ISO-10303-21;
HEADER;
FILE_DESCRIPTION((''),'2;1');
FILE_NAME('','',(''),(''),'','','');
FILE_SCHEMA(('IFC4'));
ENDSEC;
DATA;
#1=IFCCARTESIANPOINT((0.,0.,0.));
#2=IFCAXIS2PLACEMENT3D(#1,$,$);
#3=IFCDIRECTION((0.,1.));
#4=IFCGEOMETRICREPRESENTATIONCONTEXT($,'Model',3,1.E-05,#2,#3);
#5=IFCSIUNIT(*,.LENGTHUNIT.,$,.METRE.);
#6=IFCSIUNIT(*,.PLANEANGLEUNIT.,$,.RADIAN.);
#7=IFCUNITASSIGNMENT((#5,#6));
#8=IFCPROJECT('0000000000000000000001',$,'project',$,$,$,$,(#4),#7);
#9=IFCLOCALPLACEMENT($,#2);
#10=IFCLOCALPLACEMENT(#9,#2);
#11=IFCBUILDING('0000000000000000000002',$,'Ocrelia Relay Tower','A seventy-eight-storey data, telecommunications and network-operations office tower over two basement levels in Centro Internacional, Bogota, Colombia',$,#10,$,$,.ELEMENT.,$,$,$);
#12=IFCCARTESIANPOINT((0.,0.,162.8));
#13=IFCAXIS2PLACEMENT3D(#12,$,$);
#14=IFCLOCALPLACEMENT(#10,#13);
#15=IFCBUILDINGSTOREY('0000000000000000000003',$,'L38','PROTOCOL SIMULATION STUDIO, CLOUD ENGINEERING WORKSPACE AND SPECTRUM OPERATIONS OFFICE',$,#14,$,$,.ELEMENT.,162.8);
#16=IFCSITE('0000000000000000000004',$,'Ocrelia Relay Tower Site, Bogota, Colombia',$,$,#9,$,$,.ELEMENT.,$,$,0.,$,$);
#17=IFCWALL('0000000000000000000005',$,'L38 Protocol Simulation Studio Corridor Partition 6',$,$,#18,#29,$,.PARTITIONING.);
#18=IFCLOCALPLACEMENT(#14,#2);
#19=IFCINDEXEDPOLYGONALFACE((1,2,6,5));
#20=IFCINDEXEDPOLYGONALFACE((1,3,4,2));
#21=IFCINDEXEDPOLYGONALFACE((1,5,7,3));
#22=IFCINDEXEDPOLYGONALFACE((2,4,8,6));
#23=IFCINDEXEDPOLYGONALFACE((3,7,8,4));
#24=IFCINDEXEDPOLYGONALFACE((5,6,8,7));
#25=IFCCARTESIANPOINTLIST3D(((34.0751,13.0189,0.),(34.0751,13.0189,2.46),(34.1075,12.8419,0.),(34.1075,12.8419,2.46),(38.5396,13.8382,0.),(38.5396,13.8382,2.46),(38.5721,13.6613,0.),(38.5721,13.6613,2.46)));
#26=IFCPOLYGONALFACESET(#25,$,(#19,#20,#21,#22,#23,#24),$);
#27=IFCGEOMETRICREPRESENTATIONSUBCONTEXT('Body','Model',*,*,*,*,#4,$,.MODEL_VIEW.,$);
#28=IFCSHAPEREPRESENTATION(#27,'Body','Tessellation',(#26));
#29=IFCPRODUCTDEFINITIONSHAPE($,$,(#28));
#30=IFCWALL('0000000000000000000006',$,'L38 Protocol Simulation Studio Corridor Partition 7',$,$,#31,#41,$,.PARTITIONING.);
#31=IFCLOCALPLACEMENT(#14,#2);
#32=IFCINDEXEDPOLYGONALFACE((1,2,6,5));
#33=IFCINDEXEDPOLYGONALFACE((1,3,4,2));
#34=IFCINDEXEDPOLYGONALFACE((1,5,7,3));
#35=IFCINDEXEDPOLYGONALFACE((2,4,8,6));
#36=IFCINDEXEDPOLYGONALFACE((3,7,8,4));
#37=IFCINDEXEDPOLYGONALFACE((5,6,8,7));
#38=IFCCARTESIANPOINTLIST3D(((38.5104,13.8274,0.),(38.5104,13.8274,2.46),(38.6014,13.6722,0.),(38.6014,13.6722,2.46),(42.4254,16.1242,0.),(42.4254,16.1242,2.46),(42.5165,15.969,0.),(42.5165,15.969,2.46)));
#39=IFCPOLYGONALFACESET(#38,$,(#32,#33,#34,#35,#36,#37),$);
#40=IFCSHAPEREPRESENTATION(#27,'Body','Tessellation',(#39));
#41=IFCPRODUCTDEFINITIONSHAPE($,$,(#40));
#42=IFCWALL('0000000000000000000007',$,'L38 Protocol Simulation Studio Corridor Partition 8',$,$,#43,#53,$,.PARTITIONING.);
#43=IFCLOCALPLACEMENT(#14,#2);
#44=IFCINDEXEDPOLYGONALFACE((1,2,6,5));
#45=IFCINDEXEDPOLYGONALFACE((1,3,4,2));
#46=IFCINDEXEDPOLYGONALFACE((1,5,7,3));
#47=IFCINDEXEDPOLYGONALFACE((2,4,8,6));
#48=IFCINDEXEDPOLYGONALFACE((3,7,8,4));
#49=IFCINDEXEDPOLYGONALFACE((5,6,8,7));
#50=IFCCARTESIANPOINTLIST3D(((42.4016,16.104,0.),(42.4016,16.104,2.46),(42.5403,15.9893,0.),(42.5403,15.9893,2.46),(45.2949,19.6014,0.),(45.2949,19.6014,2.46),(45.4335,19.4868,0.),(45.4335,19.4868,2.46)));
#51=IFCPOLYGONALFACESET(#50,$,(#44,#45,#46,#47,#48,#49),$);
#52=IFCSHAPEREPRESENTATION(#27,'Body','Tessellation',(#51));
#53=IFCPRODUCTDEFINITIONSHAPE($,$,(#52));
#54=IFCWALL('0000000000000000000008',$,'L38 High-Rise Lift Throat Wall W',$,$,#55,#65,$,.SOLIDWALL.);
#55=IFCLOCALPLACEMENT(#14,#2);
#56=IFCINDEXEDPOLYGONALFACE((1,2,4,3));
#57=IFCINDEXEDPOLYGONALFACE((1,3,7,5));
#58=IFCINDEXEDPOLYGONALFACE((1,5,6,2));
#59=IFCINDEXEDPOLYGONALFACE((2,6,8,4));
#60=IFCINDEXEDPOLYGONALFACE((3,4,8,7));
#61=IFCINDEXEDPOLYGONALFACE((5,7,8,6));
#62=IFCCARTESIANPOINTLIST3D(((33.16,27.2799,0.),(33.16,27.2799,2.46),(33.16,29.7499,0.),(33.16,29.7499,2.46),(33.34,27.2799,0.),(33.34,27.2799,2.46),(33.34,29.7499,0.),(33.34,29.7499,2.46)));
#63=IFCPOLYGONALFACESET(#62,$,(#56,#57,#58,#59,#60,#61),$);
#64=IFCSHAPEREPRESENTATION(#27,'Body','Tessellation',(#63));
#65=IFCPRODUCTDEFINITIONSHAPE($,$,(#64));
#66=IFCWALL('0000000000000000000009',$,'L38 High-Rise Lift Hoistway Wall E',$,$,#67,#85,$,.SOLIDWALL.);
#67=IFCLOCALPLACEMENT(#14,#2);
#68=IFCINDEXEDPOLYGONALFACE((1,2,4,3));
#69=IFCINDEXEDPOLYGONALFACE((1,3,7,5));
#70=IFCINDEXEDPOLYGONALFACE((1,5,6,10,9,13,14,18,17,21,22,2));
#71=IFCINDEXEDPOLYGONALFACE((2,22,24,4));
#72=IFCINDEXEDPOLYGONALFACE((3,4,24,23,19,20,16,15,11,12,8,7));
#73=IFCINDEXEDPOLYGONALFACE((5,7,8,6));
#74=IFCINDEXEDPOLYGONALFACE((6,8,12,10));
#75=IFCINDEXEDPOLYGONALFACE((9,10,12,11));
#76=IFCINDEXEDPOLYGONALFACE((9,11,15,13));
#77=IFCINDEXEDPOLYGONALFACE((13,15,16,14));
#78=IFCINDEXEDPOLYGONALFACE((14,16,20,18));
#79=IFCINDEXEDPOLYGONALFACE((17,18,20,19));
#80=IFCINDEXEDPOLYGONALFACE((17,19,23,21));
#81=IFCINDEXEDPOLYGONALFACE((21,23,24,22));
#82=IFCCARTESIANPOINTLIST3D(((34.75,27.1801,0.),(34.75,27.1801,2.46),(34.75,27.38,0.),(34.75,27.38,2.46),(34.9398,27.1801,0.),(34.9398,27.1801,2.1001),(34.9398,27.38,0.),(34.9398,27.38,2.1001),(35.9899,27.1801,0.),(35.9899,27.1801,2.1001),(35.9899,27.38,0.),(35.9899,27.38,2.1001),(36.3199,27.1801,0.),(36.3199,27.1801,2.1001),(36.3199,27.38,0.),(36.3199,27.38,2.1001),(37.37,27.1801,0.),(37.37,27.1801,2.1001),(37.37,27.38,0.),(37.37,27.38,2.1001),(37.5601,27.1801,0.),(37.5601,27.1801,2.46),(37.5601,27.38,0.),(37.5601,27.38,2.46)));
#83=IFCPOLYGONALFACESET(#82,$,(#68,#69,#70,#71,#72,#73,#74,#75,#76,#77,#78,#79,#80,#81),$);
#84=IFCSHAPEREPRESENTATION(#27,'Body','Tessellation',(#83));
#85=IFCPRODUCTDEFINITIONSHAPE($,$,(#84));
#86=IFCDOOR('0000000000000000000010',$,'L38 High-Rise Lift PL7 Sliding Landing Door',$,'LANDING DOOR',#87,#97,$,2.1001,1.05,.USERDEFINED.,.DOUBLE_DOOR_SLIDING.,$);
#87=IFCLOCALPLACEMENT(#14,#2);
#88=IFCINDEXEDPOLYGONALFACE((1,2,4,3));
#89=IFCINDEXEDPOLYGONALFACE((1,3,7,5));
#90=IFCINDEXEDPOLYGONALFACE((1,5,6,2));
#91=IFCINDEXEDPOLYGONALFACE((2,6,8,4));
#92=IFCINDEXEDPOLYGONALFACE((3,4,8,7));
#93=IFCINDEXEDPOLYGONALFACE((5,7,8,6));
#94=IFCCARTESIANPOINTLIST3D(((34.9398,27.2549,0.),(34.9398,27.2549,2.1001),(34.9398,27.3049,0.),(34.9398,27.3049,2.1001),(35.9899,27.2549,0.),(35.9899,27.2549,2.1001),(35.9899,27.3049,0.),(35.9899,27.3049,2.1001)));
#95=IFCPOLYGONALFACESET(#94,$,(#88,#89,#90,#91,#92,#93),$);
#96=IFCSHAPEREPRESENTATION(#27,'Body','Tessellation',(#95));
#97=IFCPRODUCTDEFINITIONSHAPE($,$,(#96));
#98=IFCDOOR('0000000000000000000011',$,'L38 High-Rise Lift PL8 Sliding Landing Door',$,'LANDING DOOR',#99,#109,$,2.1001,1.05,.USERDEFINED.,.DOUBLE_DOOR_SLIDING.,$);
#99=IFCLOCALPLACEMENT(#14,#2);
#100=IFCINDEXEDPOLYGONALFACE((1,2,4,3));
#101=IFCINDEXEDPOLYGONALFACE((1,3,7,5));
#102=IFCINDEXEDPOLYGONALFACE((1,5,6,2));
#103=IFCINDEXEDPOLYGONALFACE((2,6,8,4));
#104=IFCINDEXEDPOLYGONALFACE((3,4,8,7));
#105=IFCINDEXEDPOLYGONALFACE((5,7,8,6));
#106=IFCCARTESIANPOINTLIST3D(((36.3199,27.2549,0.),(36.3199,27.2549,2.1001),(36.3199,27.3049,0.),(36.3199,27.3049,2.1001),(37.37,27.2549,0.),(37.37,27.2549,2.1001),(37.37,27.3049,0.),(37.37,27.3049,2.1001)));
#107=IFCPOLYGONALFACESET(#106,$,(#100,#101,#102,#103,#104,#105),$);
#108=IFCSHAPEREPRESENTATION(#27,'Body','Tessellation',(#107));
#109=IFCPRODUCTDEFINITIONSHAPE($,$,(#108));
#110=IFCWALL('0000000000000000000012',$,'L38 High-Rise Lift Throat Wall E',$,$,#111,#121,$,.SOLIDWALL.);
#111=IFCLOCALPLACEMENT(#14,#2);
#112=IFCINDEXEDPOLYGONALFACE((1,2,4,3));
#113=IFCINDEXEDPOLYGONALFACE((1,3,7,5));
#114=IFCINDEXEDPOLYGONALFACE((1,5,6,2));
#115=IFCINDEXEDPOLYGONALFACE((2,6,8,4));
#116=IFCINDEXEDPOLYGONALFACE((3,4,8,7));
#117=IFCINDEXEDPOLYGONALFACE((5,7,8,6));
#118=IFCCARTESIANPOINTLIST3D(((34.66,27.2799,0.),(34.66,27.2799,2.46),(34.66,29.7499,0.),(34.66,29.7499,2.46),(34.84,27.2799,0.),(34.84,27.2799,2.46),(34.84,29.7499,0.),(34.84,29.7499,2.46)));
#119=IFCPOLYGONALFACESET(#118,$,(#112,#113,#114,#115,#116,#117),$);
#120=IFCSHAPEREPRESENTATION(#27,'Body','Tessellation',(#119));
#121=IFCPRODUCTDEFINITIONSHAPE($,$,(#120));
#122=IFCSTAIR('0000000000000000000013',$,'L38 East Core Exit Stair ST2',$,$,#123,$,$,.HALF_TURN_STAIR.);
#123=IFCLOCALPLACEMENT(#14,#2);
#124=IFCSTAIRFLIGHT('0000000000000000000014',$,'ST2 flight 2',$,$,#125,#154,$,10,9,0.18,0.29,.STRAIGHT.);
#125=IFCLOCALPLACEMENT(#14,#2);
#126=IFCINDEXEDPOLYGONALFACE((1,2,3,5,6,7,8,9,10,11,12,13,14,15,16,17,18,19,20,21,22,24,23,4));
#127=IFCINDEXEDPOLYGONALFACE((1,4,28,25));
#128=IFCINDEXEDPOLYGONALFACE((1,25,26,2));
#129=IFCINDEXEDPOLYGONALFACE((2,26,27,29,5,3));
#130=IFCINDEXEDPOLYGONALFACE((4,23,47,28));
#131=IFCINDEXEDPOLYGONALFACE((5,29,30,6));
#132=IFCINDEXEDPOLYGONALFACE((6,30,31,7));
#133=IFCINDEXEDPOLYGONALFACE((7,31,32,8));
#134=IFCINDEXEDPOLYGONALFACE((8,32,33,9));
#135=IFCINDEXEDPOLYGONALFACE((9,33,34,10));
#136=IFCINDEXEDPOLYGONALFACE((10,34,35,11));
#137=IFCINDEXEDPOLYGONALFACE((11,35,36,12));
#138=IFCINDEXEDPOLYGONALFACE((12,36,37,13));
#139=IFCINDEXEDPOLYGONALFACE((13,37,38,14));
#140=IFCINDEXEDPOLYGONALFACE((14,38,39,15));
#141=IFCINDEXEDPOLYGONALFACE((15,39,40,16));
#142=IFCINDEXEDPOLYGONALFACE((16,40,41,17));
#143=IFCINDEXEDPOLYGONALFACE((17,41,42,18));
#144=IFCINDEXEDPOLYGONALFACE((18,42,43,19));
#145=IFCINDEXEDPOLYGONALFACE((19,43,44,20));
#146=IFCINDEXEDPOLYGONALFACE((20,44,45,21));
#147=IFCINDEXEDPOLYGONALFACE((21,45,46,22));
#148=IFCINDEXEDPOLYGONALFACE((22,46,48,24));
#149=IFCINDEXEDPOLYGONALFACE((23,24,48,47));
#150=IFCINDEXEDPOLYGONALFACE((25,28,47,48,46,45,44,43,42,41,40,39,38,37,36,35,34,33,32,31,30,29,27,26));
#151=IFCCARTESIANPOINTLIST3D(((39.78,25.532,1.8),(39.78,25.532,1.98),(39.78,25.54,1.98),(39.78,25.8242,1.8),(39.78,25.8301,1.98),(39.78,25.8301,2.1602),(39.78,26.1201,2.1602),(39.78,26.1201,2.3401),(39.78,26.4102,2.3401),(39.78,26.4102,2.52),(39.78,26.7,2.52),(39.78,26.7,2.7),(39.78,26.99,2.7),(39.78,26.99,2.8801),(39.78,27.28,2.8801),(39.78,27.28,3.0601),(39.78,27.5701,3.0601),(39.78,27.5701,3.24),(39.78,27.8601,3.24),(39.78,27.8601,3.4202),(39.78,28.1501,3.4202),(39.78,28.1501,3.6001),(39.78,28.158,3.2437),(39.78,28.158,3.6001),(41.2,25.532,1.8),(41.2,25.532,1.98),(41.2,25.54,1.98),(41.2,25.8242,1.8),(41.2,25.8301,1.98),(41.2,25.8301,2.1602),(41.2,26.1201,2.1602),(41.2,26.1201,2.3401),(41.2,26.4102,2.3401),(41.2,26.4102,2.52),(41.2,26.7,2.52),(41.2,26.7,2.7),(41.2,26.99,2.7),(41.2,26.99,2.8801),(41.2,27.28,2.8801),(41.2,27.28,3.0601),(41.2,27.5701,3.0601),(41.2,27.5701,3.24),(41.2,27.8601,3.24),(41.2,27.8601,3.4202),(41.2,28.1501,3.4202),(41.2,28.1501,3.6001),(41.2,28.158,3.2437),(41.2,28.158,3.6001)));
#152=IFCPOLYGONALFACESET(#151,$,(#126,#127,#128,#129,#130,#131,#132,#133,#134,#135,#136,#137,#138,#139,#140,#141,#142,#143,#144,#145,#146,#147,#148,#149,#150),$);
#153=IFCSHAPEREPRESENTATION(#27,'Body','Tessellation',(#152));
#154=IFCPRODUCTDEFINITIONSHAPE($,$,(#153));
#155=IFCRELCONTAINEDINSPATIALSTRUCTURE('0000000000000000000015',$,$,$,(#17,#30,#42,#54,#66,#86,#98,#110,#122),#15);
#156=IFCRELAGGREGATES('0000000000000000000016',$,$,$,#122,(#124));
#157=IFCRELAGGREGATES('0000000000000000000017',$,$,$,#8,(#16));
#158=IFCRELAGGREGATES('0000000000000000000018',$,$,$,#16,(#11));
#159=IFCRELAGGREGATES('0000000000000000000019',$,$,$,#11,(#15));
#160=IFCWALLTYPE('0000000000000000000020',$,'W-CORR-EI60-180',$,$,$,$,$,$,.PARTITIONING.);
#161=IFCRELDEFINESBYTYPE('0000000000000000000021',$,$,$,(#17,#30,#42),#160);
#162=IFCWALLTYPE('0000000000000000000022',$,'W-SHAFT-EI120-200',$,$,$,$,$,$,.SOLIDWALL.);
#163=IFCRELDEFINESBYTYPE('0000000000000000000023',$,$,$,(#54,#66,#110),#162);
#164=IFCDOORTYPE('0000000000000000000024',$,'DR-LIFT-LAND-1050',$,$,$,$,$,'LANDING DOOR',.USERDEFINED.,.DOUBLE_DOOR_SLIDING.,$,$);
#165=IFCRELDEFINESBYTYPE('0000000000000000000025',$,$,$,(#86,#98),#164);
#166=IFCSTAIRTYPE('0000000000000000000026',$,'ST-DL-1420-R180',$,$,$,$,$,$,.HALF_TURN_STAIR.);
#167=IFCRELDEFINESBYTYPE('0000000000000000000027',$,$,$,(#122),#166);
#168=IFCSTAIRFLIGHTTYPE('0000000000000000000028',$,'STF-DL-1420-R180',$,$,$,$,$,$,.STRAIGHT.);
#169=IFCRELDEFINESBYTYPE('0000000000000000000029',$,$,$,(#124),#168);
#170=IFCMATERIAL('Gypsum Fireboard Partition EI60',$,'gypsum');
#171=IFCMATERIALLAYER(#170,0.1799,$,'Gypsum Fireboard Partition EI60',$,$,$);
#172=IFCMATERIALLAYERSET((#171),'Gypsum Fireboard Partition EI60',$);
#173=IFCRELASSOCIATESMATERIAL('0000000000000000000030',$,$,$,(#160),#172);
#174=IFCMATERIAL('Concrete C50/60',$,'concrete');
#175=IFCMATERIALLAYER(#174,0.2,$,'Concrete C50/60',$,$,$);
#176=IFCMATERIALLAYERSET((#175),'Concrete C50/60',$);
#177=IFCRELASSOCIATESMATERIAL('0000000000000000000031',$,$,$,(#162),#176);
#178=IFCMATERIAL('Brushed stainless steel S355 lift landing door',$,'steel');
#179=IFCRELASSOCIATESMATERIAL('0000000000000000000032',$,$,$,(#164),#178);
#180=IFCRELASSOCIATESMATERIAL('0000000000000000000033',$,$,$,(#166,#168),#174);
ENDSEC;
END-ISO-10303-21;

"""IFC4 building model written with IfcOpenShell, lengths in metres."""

from ifc_helpers import new_model, si_unit, direction, frame, frame_2d, origin, place, context, subcontext, project, spatial, polyline, rectangle, outline, extrude, material, layer, layer_set, type_object, element, fill, aggregate, save


model = new_model("IFC4")

# Units and contexts
model_context = context("Model", 3, precision=1e-05, world=origin(), true_north=direction((0.0, 1.0)))
body_context = subcontext(model_context, "Body", "Model", "MODEL_VIEW")
ifc_project = project(units=[si_unit("LENGTHUNIT", "METRE"), si_unit("PLANEANGLEUNIT", "RADIAN")], contexts=[model_context])

# Site, building, storey
site_placement = place(None, origin())
site = spatial("IfcSite", under=ifc_project, at=site_placement, Name="Ocrelia Relay Tower Site, Bogota, Colombia", CompositionType="ELEMENT", RefElevation=0.0)
building_placement = place(site_placement, origin())
building = spatial("IfcBuilding", under=site, at=building_placement, Name="Ocrelia Relay Tower", Description="A seventy-eight-storey data, telecommunications and network-operations office tower over two basement levels in Centro Internacional, Bogota, Colombia", CompositionType="ELEMENT")
storey_placement = place(building_placement, frame((0.0, 0.0, 162.8)))
storey = spatial("IfcBuildingStorey", under=building, at=storey_placement, Name="L38", Description="PROTOCOL SIMULATION STUDIO, CLOUD ENGINEERING WORKSPACE AND SPECTRUM OPERATIONS OFFICE", CompositionType="ELEMENT", Elevation=162.8)

# Walls
ifc_material_1 = material(Name="Gypsum Fireboard Partition EI60", Category="gypsum")
ifc_layer_1 = layer(ifc_material_1, 0.1799, Name="Gypsum Fireboard Partition EI60")
ifc_layer_set_1 = layer_set([ifc_layer_1], Name="Gypsum Fireboard Partition EI60")
wall_type_1 = type_object("IfcWallType", Name="W-CORR-EI60-180", PredefinedType="PARTITIONING", material=ifc_layer_set_1)
for number, where, z_axis, x_axis, name in (
    (1, (34.0913, 12.9304, 0.0), (0.0, 0.0, 1.0), (0.983574, 0.180504, 0.0), "L38 Protocol Simulation Studio Corridor Partition 6"),
    (2, (38.5559, 13.7498, 0.0), (0.0, 0.0, 1.0), (0.86252, 0.506023, 0.0), "L38 Protocol Simulation Studio Corridor Partition 7"),
    (3, (42.4709, 16.0466, 0.0), (0.0, 0.0, 1.0), (0.637408, 0.770526, 0.0), "L38 Protocol Simulation Studio Corridor Partition 8"),
):
    element("IfcWall", number, at=place(storey_placement, frame(where, z_axis=z_axis, x_axis=x_axis)), inside=storey, type_object=wall_type_1, Name=name, PredefinedType="PARTITIONING", context=body_context, shape_type="SweptSolid", body=[
        extrude(rectangle(XDim=4.5391, YDim=0.1799, at=frame_2d((2.2695, 0.0))), origin(), (0.0, 0.0, 1.0), 2.46),
    ])
ifc_material_2 = material(Name="Concrete C50/60", Category="concrete")
ifc_layer_2 = layer(ifc_material_2, 0.2, Name="Concrete C50/60")
ifc_layer_set_2 = layer_set([ifc_layer_2], Name="Concrete C50/60")
wall_type_2 = type_object("IfcWallType", Name="W-SHAFT-EI120-200", PredefinedType="SOLIDWALL", material=ifc_layer_set_2)
wall_1_placement = place(storey_placement, frame((33.25, 27.28, 0.0), z_axis=(0.0, 0.0, 1.0), x_axis=(0.0, 1.0, 0.0)))
element("IfcWall", 4, at=wall_1_placement, inside=storey, type_object=wall_type_2, Name="L38 High-Rise Lift Throat Wall W", PredefinedType="SOLIDWALL", context=body_context, shape_type="SweptSolid", body=[
    extrude(rectangle(XDim=2.47, YDim=0.1799, at=frame_2d((1.2349, 0.0))), origin(), (0.0, 0.0, 1.0), 2.46),
])

# Wall, openings, doors
wall_2_placement = place(storey_placement, frame((34.75, 27.28, 0.0), z_axis=(0.0, 0.0, 1.0), x_axis=(1.0, 0.0, 0.0)))
wall_2 = element("IfcWall", 5, at=wall_2_placement, inside=storey, type_object=wall_type_2, Name="L38 High-Rise Lift Hoistway Wall E", PredefinedType="SOLIDWALL", context=body_context, shape_type="SweptSolid", body=[
    extrude(rectangle(XDim=2.8101, YDim=0.2, at=frame_2d((1.405, 0.0))), origin(), (0.0, 0.0, 1.0), 2.46),
])
opening_1_placement = place(wall_2_placement, frame((0.1899, 0.0, 0.0)))
opening_1 = element("IfcOpeningElement", 6, at=opening_1_placement, cuts=wall_2, PredefinedType="OPENING", context=body_context, shape_type="SweptSolid", body=[
    extrude(rectangle(XDim=1.05, YDim=2.1001, at=frame_2d((0.5249, 1.05))), frame((0.0, 0.1099, 0.0), z_axis=(0.0, -1.0, 0.0), x_axis=(1.0, 0.0, 0.0)), (0.0, 0.0, 1.0), 0.22),
])
opening_2_placement = place(wall_2_placement, frame((1.5701, 0.0, 0.0)))
opening_2 = element("IfcOpeningElement", 7, at=opening_2_placement, cuts=wall_2, PredefinedType="OPENING", context=body_context, shape_type="SweptSolid", body=[
    extrude(rectangle(XDim=1.05, YDim=2.1001, at=frame_2d((0.5249, 1.05))), frame((0.0, 0.1099, 0.0), z_axis=(0.0, -1.0, 0.0), x_axis=(1.0, 0.0, 0.0)), (0.0, 0.0, 1.0), 0.22),
])
ifc_material_3 = material(Name="Brushed stainless steel S355 lift landing door", Category="steel")
door_type = type_object("IfcDoorType", Name="DR-LIFT-LAND-1050", ElementType="LANDING DOOR", OperationType="DOUBLE_DOOR_SLIDING", PredefinedType="USERDEFINED", material=ifc_material_3)
door_1_placement = place(opening_1_placement, origin())
door_1 = element("IfcDoor", 8, at=door_1_placement, inside=storey, type_object=door_type, Name="L38 High-Rise Lift PL7 Sliding Landing Door", ObjectType="LANDING DOOR", OperationType="DOUBLE_DOOR_SLIDING", OverallHeight=2.1001, OverallWidth=1.05, PredefinedType="USERDEFINED", context=body_context, shape_type="SweptSolid", body=[
    extrude(rectangle(XDim=1.05, YDim=2.1001, at=frame_2d((0.5249, 1.05))), frame((0.0, 0.0249, 0.0), z_axis=(0.0, -1.0, 0.0), x_axis=(1.0, 0.0, 0.0)), (0.0, 0.0, 1.0), 0.05),
])
fill(opening_1, door_1)
door_2_placement = place(opening_2_placement, origin())
door_2 = element("IfcDoor", 9, at=door_2_placement, inside=storey, type_object=door_type, Name="L38 High-Rise Lift PL8 Sliding Landing Door", ObjectType="LANDING DOOR", OperationType="DOUBLE_DOOR_SLIDING", OverallHeight=2.1001, OverallWidth=1.05, PredefinedType="USERDEFINED", context=body_context, shape_type="SweptSolid", body=[
    extrude(rectangle(XDim=1.05, YDim=2.1001, at=frame_2d((0.5249, 1.05))), frame((0.0, 0.0249, 0.0), z_axis=(0.0, -1.0, 0.0), x_axis=(1.0, 0.0, 0.0)), (0.0, 0.0, 1.0), 0.05),
])
fill(opening_2, door_2)

# Wall
wall_3_placement = place(storey_placement, frame((34.75, 27.28, 0.0), z_axis=(0.0, 0.0, 1.0), x_axis=(0.0, 1.0, 0.0)))
element("IfcWall", 10, at=wall_3_placement, inside=storey, type_object=wall_type_2, Name="L38 High-Rise Lift Throat Wall E", PredefinedType="SOLIDWALL", context=body_context, shape_type="SweptSolid", body=[
    extrude(rectangle(XDim=2.47, YDim=0.1799, at=frame_2d((1.2349, 0.0))), origin(), (0.0, 0.0, 1.0), 2.46),
])

# Stair, stair flight
stair_type = type_object("IfcStairType", Name="ST-DL-1420-R180", PredefinedType="HALF_TURN_STAIR", material=ifc_material_2)
stair_placement = place(storey_placement, origin())
stair = element("IfcStair", 11, at=stair_placement, inside=storey, type_object=stair_type, Name="L38 East Core Exit Stair ST2", PredefinedType="HALF_TURN_STAIR")
stair_flight_type = type_object("IfcStairFlightType", Name="STF-DL-1420-R180", PredefinedType="STRAIGHT", material=ifc_material_2)
stair_flight_placement = place(storey_placement, frame((40.49, 25.54, 1.8), z_axis=(0.0, 0.0, 1.0), x_axis=(0.0, 1.0, 0.0)))
stair_flight = element("IfcStairFlight", 12, at=stair_flight_placement, type_object=stair_flight_type, Name="ST2 flight 2", NumberOfRisers=10, NumberOfTreads=9, PredefinedType="STRAIGHT", RiserHeight=0.18, TreadLength=0.29, context=body_context, shape_type="SweptSolid", body=[
    extrude(outline(polyline([(-0.0081, 0.0), (-0.0081, 0.1799), (0.0, 0.1799), (0.29, 0.1799), (0.29, 0.3601), (0.5801, 0.3601), (0.5801, 0.54), (0.8701, 0.54), (0.8701, 0.72), (1.1599, 0.72), (1.1599, 0.8999), (1.45, 0.8999), (1.45, 1.0801), (1.74, 1.0801), (1.74, 1.26), (2.03, 1.26), (2.03, 1.4399), (2.3201, 1.4399), (2.3201, 1.6201), (2.6101, 1.6201), (2.6101, 1.8), (2.6179, 1.8), (2.6179, 1.4436), (0.2842, 0.0), (-0.0081, 0.0)])), frame((0.0, 0.71, 0.0), z_axis=(0.0, -1.0, 0.0), x_axis=(1.0, 0.0, 0.0)), (0.0, 0.0, 1.0), 1.4199),
])
aggregate(stair, [stair_flight])

save(model, "model.ifc")
